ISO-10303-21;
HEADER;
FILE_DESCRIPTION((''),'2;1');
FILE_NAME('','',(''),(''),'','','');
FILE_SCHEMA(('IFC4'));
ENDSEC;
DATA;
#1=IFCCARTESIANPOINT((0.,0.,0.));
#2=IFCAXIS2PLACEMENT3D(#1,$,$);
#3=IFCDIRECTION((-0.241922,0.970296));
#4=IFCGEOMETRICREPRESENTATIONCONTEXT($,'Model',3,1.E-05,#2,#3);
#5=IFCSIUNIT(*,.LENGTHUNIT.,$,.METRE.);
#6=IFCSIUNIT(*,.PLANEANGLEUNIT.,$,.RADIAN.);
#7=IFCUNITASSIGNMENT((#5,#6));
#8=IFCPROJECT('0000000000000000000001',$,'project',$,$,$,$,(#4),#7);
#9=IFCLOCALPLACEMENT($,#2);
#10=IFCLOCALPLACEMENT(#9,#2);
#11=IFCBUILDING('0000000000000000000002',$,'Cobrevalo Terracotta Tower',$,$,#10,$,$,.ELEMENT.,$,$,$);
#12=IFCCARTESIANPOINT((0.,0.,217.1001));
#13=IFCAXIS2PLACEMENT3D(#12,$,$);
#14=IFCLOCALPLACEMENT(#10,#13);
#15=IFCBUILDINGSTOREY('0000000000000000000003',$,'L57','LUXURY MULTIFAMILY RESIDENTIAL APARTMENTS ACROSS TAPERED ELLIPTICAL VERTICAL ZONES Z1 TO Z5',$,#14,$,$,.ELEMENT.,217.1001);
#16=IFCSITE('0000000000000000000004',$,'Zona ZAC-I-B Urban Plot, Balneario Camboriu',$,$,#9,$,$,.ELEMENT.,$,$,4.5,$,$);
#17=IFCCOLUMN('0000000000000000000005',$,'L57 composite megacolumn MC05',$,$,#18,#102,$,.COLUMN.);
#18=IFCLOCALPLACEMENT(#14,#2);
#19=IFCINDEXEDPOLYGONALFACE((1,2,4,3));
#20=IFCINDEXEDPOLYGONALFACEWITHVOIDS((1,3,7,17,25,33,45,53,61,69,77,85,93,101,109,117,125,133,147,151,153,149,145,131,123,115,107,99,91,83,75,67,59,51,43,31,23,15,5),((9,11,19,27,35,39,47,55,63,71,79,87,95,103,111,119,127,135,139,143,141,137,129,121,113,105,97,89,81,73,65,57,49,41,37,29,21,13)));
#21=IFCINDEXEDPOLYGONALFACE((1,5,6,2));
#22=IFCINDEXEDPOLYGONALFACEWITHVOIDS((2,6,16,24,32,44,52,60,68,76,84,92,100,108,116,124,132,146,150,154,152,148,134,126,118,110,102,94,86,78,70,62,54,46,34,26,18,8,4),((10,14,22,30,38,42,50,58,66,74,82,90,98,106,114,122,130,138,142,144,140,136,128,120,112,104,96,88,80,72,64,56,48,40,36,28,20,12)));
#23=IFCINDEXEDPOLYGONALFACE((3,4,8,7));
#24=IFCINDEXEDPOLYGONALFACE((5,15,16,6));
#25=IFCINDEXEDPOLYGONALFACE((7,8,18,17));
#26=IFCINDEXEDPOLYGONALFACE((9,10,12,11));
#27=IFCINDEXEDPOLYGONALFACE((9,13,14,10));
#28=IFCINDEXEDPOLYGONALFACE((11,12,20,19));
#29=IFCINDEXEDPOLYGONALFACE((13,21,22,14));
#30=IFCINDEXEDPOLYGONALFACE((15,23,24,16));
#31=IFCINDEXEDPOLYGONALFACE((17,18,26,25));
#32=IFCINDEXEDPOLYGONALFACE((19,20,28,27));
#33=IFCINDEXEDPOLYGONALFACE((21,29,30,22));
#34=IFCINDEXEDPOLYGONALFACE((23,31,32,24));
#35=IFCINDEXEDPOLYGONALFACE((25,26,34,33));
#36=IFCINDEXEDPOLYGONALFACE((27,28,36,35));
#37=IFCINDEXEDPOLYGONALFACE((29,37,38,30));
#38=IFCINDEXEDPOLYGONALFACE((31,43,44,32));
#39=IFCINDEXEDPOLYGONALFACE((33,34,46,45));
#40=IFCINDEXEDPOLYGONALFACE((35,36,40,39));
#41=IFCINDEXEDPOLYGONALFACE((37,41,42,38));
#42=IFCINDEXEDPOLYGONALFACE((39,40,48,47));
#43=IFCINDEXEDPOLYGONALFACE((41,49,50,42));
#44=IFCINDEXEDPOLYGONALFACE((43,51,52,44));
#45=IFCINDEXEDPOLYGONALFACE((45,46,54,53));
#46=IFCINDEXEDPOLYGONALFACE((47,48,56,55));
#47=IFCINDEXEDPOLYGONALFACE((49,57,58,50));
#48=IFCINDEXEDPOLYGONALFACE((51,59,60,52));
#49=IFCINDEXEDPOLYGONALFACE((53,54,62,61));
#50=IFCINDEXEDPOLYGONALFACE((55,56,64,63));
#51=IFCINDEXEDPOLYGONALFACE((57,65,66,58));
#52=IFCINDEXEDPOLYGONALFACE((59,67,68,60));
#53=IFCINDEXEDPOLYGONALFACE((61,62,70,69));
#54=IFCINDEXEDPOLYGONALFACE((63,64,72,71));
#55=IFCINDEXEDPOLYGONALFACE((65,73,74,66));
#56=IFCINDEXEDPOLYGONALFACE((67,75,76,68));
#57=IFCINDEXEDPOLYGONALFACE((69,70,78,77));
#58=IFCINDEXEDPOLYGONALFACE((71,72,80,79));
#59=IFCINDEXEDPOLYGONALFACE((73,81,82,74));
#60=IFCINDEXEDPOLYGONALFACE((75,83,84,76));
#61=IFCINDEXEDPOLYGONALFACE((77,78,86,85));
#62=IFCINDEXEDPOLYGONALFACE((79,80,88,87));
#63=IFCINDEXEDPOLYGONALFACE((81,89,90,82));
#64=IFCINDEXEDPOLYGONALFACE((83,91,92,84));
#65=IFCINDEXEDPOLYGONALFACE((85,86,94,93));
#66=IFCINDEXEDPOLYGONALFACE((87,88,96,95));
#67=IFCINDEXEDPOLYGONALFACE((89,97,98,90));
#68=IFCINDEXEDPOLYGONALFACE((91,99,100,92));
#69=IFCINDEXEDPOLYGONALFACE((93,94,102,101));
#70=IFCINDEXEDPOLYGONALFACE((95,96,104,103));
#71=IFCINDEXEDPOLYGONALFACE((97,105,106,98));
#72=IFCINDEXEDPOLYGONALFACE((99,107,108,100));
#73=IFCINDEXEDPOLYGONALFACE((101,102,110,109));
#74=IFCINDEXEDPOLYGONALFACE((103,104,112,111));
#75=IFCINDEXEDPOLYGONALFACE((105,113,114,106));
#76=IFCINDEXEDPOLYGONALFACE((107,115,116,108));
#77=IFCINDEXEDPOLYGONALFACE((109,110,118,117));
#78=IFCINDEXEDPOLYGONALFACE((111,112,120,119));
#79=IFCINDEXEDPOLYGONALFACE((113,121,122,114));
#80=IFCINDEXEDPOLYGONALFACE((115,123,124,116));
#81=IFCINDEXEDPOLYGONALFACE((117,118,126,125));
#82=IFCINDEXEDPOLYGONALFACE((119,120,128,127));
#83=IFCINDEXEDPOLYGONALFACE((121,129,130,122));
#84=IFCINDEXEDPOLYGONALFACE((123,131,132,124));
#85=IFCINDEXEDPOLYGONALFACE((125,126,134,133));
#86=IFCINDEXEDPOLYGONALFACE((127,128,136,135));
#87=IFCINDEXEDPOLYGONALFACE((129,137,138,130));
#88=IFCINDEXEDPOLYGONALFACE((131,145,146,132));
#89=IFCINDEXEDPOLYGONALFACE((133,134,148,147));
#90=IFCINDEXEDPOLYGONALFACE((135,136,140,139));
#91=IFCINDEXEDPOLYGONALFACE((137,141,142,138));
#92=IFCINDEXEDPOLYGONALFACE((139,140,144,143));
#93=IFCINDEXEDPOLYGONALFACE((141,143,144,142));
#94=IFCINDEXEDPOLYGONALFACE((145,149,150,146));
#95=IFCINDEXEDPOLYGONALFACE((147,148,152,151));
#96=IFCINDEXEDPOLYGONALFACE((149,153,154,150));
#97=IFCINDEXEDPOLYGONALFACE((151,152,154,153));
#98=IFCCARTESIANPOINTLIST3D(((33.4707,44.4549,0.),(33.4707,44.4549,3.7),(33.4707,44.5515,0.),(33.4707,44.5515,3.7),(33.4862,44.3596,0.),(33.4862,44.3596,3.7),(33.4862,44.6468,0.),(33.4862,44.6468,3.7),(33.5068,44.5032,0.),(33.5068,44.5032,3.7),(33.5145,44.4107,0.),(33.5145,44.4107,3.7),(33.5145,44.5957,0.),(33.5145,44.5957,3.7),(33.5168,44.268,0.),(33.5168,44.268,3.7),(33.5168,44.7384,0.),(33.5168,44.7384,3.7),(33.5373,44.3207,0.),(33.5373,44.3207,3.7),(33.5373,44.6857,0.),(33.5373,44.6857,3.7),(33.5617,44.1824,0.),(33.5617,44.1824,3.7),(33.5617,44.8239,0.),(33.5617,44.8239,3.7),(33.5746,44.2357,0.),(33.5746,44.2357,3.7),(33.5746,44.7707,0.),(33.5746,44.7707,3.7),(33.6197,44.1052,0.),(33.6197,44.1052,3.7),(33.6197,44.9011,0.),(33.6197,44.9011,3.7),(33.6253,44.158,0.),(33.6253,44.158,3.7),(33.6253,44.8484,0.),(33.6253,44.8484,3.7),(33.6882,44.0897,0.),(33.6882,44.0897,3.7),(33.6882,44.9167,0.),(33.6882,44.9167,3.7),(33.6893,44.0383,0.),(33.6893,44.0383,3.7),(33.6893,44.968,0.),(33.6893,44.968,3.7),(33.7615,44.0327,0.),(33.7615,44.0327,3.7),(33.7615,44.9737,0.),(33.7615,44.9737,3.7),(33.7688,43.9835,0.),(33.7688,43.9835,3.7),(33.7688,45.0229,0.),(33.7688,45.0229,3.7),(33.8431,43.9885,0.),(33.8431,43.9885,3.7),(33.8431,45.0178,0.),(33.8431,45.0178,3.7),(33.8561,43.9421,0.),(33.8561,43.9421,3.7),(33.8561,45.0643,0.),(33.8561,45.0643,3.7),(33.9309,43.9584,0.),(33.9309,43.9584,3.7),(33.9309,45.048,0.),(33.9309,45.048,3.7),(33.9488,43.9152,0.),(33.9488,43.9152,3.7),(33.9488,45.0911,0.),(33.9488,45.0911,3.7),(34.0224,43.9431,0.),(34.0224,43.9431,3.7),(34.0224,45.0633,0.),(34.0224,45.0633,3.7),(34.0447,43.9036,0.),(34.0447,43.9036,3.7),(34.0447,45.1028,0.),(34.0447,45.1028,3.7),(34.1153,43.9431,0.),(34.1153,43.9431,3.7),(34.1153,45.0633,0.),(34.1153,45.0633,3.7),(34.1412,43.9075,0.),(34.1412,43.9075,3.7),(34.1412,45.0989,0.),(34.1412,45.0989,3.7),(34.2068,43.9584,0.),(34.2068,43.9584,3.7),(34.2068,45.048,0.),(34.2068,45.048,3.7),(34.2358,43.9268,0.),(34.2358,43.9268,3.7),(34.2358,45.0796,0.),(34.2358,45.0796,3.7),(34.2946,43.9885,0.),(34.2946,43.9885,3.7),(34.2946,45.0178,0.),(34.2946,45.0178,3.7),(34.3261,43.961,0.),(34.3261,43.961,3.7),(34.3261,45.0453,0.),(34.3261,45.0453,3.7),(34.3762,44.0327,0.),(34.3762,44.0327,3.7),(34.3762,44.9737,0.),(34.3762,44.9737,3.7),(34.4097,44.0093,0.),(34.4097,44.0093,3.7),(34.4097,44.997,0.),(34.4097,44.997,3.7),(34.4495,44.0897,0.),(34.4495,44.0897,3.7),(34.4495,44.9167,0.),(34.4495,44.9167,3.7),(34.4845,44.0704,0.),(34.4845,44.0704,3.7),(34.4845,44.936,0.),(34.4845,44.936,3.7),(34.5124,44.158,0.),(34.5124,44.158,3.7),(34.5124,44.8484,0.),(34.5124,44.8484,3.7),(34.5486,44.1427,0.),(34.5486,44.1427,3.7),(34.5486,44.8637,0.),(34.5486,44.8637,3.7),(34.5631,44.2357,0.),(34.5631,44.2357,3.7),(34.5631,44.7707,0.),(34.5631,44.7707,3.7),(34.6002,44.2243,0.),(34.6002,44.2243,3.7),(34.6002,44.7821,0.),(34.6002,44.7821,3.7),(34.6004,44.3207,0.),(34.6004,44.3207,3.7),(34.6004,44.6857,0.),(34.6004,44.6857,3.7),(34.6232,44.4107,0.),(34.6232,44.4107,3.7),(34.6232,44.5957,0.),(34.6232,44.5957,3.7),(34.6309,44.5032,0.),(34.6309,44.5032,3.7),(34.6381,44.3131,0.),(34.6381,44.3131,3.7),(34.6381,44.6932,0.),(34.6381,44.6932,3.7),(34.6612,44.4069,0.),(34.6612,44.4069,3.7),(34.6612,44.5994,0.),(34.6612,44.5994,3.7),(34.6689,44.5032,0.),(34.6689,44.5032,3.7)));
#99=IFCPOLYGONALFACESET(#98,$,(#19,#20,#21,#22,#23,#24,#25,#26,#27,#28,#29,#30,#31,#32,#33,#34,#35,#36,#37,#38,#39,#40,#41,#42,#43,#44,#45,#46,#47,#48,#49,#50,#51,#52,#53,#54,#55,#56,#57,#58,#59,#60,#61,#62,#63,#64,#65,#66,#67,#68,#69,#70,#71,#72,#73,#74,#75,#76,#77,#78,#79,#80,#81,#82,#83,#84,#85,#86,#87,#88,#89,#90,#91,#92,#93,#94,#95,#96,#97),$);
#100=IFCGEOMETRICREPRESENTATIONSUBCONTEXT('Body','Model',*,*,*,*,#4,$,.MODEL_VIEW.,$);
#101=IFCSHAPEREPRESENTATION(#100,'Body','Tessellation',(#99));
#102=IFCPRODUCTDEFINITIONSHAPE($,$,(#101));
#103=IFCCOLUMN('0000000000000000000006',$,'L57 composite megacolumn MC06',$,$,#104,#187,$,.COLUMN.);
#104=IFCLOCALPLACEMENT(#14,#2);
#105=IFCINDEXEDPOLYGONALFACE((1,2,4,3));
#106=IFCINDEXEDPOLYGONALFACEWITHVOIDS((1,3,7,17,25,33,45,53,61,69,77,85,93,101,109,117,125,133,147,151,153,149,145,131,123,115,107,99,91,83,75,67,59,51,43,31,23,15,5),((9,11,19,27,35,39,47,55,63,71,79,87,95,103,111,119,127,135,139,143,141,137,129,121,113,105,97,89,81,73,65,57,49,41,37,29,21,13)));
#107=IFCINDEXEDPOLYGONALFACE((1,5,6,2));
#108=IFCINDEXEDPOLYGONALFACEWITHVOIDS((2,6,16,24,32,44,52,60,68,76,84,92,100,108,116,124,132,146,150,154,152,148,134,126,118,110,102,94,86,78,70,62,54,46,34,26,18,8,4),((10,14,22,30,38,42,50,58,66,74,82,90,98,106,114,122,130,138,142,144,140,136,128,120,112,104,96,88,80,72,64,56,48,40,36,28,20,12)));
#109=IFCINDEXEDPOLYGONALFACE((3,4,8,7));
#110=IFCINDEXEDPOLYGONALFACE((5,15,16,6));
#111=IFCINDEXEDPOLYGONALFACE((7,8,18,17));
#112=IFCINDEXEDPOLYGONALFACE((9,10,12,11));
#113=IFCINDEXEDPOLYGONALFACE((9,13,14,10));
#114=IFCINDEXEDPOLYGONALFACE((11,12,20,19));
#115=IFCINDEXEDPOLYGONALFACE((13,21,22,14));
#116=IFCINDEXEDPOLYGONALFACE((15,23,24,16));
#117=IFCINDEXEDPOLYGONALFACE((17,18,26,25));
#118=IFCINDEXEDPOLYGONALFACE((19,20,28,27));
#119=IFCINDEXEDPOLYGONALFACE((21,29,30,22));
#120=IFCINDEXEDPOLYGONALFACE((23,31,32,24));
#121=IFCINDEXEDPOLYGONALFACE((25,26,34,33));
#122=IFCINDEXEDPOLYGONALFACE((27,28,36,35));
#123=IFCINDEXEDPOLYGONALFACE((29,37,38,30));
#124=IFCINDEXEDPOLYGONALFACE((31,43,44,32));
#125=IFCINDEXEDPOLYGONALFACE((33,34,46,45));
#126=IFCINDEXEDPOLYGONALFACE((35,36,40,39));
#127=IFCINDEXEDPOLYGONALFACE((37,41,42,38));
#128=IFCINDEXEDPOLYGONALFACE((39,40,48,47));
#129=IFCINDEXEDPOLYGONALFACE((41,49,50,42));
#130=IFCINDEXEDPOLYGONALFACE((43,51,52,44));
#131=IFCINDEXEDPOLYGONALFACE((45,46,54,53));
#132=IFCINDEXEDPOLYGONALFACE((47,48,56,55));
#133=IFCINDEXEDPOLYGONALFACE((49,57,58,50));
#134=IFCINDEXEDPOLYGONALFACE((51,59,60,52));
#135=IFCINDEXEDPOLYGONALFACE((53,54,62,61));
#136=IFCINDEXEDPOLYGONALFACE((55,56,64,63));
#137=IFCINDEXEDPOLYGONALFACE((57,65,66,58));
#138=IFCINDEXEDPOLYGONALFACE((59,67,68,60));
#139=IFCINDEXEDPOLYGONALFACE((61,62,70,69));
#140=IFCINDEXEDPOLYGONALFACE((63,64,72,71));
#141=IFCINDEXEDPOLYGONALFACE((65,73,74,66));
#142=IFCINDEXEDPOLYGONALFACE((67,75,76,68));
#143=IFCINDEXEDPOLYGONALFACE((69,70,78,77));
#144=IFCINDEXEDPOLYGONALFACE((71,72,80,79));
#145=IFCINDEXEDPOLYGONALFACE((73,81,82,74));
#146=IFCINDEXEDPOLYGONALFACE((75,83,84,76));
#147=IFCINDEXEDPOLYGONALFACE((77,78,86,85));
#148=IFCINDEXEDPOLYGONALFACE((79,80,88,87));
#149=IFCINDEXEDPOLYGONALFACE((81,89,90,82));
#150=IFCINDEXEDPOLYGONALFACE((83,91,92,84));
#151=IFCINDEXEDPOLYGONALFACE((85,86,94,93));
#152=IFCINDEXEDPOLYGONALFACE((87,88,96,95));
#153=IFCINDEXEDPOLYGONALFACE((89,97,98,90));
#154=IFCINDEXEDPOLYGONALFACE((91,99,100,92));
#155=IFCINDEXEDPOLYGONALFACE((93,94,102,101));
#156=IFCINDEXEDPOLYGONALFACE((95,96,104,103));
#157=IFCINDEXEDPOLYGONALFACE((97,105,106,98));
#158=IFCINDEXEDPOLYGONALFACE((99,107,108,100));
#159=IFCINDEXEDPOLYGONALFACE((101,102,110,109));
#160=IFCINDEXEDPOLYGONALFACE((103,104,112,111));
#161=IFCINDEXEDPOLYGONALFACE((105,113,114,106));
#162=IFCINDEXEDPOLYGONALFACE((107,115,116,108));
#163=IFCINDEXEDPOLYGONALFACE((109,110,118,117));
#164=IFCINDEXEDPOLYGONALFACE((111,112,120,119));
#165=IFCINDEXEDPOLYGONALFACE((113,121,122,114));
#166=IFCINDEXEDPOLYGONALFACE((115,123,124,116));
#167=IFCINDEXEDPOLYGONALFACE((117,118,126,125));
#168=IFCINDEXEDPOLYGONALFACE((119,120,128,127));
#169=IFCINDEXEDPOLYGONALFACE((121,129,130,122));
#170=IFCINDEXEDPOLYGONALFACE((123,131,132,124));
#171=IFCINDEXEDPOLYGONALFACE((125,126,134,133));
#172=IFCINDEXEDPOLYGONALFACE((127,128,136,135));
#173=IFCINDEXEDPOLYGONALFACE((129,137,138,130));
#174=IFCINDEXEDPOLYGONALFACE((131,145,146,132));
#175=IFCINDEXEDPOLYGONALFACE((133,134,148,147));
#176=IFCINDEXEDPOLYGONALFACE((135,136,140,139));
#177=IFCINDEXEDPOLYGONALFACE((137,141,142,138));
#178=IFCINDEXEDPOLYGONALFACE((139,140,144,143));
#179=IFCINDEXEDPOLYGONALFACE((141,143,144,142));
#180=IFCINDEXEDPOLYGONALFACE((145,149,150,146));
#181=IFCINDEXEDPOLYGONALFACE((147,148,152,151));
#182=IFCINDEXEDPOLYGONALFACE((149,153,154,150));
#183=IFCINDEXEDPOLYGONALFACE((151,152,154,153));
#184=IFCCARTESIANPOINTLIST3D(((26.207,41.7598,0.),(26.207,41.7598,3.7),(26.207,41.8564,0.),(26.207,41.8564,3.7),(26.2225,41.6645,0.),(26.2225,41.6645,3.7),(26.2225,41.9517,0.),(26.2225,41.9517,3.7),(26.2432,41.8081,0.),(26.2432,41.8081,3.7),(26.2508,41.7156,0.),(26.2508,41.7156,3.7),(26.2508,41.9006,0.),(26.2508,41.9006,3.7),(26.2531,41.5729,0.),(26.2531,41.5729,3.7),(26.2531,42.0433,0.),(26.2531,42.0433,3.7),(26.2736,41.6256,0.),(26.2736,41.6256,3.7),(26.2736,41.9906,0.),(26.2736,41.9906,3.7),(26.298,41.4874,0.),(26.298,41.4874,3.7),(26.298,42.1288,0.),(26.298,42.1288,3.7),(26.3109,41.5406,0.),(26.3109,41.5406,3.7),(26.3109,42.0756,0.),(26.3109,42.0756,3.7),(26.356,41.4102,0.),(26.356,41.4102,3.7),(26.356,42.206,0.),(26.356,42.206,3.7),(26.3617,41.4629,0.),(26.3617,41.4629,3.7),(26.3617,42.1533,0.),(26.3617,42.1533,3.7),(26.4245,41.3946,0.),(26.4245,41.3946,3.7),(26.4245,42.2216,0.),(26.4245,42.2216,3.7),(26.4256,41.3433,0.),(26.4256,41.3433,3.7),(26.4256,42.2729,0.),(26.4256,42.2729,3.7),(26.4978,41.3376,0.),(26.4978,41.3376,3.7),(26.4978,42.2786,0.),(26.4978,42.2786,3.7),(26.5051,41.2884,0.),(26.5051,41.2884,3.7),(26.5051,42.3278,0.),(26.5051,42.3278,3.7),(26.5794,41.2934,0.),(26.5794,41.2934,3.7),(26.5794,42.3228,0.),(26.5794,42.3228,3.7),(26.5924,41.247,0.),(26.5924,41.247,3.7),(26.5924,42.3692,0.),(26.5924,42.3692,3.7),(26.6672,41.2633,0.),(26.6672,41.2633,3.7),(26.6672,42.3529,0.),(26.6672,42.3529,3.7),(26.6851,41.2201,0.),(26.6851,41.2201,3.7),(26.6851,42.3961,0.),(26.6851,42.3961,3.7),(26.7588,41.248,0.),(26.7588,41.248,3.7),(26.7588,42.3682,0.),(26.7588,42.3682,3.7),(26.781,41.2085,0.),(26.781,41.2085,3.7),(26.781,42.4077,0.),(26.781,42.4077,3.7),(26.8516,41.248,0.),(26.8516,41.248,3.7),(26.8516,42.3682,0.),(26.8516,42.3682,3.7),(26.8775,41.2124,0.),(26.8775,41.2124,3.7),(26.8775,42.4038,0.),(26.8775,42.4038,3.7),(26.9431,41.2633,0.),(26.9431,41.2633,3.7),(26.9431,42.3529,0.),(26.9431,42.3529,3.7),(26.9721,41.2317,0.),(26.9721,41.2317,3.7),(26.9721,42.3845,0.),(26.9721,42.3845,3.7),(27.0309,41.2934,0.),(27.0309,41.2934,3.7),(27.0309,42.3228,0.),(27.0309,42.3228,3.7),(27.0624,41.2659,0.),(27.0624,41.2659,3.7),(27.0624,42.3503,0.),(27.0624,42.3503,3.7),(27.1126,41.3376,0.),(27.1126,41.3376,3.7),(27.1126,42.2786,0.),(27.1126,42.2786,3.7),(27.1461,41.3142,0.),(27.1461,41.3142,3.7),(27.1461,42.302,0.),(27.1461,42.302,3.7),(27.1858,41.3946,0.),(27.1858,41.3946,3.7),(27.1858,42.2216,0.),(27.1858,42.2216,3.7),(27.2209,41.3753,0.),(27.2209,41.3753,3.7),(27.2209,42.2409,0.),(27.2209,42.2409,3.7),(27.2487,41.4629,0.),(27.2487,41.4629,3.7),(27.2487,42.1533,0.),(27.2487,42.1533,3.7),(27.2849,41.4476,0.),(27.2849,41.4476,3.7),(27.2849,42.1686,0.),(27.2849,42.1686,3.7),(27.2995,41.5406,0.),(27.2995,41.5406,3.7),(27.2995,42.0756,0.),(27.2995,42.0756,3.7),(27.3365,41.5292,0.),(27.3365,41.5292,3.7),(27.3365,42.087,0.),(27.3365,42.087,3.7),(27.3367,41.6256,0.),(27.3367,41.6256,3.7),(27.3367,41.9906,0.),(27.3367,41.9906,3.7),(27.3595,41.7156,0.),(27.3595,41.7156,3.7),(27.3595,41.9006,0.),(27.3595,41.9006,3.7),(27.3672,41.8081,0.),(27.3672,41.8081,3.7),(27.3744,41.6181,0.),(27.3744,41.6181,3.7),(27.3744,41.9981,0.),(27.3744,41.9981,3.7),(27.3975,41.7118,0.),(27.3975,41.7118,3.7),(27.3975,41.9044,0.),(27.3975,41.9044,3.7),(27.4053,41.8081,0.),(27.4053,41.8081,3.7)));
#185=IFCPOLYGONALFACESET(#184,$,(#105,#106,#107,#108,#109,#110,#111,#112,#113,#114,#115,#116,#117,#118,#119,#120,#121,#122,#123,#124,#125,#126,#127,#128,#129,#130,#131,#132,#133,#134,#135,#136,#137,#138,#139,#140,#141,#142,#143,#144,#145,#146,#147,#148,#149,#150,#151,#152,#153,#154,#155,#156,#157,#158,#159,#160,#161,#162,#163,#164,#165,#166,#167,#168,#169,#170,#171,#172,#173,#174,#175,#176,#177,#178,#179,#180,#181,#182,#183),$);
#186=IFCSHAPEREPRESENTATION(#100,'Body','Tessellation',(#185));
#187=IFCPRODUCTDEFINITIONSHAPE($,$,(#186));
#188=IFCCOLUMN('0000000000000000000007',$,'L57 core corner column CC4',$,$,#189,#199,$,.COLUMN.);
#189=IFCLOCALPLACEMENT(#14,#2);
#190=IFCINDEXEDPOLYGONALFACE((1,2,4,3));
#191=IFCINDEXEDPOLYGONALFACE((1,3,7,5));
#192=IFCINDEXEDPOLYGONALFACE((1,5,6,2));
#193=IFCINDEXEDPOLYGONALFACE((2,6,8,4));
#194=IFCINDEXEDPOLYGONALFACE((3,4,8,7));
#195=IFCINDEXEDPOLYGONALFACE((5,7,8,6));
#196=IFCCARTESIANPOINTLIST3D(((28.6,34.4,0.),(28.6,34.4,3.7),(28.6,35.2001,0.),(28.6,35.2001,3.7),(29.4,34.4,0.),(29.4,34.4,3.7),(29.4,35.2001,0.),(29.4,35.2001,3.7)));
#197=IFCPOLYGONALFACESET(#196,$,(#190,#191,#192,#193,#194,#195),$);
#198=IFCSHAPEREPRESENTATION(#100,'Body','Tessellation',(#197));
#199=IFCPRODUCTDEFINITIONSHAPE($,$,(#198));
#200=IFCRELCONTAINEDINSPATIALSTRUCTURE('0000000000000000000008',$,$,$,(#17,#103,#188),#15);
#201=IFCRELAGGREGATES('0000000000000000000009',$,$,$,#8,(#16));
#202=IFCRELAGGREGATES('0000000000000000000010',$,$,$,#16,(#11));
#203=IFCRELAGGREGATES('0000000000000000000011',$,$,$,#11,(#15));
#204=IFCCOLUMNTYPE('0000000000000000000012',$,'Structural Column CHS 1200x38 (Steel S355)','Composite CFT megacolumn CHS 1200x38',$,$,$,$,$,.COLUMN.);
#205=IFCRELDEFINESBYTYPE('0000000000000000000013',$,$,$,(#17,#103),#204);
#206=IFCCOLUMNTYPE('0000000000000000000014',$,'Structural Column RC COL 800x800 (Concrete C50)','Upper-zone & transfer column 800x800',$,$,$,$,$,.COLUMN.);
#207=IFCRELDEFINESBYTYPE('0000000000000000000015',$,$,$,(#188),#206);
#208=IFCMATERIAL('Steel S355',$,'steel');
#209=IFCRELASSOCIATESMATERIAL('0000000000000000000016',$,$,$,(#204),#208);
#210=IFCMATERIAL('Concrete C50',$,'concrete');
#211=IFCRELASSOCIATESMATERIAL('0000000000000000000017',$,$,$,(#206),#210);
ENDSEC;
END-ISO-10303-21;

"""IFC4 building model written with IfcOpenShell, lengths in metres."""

from ifc_helpers import new_model, si_unit, direction, frame, origin, origin_2d, place, context, subcontext, project, spatial, rectangle, hollow_circle, extrude, material, material_profile, profile_set, type_object, element, save


model = new_model("IFC4")

# Units and contexts
model_context = context("Model", 3, precision=1e-05, world=origin(), true_north=direction((-0.241922, 0.970296)))
body_context = subcontext(model_context, "Body", "Model", "MODEL_VIEW")
ifc_project = project(units=[si_unit("LENGTHUNIT", "METRE"), si_unit("PLANEANGLEUNIT", "RADIAN")], contexts=[model_context])

# Site, building, storey
site_placement = place(None, origin())
site = spatial("IfcSite", under=ifc_project, at=site_placement, Name="Zona ZAC-I-B Urban Plot, Balneario Camboriu", CompositionType="ELEMENT", RefElevation=4.5)
building_placement = place(site_placement, origin())
building = spatial("IfcBuilding", under=site, at=building_placement, Name="Cobrevalo Terracotta Tower", CompositionType="ELEMENT")
storey_placement = place(building_placement, frame((0.0, 0.0, 217.1001)))
storey = spatial("IfcBuildingStorey", under=building, at=storey_placement, Name="L57", Description="LUXURY MULTIFAMILY RESIDENTIAL APARTMENTS ACROSS TAPERED ELLIPTICAL VERTICAL ZONES Z1 TO Z5", CompositionType="ELEMENT", Elevation=217.1001)

# Columns
ifc_material_1 = material(Name="Steel S355", Category="steel")
ifc_material_profile_1 = material_profile(ifc_material_1, hollow_circle(Radius=0.6001, WallThickness=0.0381, at=origin_2d()), Name="CHS 1200x38")
ifc_profile_set_1 = profile_set([ifc_material_profile_1], Name="Steel S355")
column_type_1 = type_object("IfcColumnType", Name="Structural Column CHS 1200x38 (Steel S355)", Description="Composite CFT megacolumn CHS 1200x38", PredefinedType="COLUMN", material=ifc_profile_set_1)
for number, where, z_axis, x_axis, name in (
    (1, (34.0688, 44.5032, 0.0), (0.0, 0.0, 1.0), (1.0, 0.0, 0.0), "L57 composite megacolumn MC05"),
    (2, (26.8052, 41.8081, 0.0), (0.0, 0.0, 1.0), (1.0, 0.0, 0.0), "L57 composite megacolumn MC06"),
):
    element("IfcColumn", number, at=place(storey_placement, frame(where, z_axis=z_axis, x_axis=x_axis)), inside=storey, type_object=column_type_1, Name=name, PredefinedType="COLUMN", context=body_context, shape_type="SweptSolid", body=[
        extrude(hollow_circle(Radius=0.6001, WallThickness=0.0381, at=origin_2d()), origin(), (0.0, 0.0, 1.0), 3.7),
    ])
ifc_material_2 = material(Name="Concrete C50", Category="concrete")
ifc_material_profile_2 = material_profile(ifc_material_2, rectangle(XDim=0.8, YDim=0.8, at=origin_2d()), Name="RC COL 800x800")
ifc_profile_set_2 = profile_set([ifc_material_profile_2], Name="Concrete C50")
column_type_2 = type_object("IfcColumnType", Name="Structural Column RC COL 800x800 (Concrete C50)", Description="Upper-zone & transfer column 800x800", PredefinedType="COLUMN", material=ifc_profile_set_2)
column_placement = place(storey_placement, frame((29.0, 34.8, 0.0), z_axis=(0.0, 0.0, 1.0), x_axis=(1.0, 0.0, 0.0)))
element("IfcColumn", 3, at=column_placement, inside=storey, type_object=column_type_2, Name="L57 core corner column CC4", PredefinedType="COLUMN", context=body_context, shape_type="SweptSolid", body=[
    extrude(rectangle(XDim=0.8, YDim=0.8, at=origin_2d()), origin(), (0.0, 0.0, 1.0), 3.7),
])

save(model, "model.ifc")
